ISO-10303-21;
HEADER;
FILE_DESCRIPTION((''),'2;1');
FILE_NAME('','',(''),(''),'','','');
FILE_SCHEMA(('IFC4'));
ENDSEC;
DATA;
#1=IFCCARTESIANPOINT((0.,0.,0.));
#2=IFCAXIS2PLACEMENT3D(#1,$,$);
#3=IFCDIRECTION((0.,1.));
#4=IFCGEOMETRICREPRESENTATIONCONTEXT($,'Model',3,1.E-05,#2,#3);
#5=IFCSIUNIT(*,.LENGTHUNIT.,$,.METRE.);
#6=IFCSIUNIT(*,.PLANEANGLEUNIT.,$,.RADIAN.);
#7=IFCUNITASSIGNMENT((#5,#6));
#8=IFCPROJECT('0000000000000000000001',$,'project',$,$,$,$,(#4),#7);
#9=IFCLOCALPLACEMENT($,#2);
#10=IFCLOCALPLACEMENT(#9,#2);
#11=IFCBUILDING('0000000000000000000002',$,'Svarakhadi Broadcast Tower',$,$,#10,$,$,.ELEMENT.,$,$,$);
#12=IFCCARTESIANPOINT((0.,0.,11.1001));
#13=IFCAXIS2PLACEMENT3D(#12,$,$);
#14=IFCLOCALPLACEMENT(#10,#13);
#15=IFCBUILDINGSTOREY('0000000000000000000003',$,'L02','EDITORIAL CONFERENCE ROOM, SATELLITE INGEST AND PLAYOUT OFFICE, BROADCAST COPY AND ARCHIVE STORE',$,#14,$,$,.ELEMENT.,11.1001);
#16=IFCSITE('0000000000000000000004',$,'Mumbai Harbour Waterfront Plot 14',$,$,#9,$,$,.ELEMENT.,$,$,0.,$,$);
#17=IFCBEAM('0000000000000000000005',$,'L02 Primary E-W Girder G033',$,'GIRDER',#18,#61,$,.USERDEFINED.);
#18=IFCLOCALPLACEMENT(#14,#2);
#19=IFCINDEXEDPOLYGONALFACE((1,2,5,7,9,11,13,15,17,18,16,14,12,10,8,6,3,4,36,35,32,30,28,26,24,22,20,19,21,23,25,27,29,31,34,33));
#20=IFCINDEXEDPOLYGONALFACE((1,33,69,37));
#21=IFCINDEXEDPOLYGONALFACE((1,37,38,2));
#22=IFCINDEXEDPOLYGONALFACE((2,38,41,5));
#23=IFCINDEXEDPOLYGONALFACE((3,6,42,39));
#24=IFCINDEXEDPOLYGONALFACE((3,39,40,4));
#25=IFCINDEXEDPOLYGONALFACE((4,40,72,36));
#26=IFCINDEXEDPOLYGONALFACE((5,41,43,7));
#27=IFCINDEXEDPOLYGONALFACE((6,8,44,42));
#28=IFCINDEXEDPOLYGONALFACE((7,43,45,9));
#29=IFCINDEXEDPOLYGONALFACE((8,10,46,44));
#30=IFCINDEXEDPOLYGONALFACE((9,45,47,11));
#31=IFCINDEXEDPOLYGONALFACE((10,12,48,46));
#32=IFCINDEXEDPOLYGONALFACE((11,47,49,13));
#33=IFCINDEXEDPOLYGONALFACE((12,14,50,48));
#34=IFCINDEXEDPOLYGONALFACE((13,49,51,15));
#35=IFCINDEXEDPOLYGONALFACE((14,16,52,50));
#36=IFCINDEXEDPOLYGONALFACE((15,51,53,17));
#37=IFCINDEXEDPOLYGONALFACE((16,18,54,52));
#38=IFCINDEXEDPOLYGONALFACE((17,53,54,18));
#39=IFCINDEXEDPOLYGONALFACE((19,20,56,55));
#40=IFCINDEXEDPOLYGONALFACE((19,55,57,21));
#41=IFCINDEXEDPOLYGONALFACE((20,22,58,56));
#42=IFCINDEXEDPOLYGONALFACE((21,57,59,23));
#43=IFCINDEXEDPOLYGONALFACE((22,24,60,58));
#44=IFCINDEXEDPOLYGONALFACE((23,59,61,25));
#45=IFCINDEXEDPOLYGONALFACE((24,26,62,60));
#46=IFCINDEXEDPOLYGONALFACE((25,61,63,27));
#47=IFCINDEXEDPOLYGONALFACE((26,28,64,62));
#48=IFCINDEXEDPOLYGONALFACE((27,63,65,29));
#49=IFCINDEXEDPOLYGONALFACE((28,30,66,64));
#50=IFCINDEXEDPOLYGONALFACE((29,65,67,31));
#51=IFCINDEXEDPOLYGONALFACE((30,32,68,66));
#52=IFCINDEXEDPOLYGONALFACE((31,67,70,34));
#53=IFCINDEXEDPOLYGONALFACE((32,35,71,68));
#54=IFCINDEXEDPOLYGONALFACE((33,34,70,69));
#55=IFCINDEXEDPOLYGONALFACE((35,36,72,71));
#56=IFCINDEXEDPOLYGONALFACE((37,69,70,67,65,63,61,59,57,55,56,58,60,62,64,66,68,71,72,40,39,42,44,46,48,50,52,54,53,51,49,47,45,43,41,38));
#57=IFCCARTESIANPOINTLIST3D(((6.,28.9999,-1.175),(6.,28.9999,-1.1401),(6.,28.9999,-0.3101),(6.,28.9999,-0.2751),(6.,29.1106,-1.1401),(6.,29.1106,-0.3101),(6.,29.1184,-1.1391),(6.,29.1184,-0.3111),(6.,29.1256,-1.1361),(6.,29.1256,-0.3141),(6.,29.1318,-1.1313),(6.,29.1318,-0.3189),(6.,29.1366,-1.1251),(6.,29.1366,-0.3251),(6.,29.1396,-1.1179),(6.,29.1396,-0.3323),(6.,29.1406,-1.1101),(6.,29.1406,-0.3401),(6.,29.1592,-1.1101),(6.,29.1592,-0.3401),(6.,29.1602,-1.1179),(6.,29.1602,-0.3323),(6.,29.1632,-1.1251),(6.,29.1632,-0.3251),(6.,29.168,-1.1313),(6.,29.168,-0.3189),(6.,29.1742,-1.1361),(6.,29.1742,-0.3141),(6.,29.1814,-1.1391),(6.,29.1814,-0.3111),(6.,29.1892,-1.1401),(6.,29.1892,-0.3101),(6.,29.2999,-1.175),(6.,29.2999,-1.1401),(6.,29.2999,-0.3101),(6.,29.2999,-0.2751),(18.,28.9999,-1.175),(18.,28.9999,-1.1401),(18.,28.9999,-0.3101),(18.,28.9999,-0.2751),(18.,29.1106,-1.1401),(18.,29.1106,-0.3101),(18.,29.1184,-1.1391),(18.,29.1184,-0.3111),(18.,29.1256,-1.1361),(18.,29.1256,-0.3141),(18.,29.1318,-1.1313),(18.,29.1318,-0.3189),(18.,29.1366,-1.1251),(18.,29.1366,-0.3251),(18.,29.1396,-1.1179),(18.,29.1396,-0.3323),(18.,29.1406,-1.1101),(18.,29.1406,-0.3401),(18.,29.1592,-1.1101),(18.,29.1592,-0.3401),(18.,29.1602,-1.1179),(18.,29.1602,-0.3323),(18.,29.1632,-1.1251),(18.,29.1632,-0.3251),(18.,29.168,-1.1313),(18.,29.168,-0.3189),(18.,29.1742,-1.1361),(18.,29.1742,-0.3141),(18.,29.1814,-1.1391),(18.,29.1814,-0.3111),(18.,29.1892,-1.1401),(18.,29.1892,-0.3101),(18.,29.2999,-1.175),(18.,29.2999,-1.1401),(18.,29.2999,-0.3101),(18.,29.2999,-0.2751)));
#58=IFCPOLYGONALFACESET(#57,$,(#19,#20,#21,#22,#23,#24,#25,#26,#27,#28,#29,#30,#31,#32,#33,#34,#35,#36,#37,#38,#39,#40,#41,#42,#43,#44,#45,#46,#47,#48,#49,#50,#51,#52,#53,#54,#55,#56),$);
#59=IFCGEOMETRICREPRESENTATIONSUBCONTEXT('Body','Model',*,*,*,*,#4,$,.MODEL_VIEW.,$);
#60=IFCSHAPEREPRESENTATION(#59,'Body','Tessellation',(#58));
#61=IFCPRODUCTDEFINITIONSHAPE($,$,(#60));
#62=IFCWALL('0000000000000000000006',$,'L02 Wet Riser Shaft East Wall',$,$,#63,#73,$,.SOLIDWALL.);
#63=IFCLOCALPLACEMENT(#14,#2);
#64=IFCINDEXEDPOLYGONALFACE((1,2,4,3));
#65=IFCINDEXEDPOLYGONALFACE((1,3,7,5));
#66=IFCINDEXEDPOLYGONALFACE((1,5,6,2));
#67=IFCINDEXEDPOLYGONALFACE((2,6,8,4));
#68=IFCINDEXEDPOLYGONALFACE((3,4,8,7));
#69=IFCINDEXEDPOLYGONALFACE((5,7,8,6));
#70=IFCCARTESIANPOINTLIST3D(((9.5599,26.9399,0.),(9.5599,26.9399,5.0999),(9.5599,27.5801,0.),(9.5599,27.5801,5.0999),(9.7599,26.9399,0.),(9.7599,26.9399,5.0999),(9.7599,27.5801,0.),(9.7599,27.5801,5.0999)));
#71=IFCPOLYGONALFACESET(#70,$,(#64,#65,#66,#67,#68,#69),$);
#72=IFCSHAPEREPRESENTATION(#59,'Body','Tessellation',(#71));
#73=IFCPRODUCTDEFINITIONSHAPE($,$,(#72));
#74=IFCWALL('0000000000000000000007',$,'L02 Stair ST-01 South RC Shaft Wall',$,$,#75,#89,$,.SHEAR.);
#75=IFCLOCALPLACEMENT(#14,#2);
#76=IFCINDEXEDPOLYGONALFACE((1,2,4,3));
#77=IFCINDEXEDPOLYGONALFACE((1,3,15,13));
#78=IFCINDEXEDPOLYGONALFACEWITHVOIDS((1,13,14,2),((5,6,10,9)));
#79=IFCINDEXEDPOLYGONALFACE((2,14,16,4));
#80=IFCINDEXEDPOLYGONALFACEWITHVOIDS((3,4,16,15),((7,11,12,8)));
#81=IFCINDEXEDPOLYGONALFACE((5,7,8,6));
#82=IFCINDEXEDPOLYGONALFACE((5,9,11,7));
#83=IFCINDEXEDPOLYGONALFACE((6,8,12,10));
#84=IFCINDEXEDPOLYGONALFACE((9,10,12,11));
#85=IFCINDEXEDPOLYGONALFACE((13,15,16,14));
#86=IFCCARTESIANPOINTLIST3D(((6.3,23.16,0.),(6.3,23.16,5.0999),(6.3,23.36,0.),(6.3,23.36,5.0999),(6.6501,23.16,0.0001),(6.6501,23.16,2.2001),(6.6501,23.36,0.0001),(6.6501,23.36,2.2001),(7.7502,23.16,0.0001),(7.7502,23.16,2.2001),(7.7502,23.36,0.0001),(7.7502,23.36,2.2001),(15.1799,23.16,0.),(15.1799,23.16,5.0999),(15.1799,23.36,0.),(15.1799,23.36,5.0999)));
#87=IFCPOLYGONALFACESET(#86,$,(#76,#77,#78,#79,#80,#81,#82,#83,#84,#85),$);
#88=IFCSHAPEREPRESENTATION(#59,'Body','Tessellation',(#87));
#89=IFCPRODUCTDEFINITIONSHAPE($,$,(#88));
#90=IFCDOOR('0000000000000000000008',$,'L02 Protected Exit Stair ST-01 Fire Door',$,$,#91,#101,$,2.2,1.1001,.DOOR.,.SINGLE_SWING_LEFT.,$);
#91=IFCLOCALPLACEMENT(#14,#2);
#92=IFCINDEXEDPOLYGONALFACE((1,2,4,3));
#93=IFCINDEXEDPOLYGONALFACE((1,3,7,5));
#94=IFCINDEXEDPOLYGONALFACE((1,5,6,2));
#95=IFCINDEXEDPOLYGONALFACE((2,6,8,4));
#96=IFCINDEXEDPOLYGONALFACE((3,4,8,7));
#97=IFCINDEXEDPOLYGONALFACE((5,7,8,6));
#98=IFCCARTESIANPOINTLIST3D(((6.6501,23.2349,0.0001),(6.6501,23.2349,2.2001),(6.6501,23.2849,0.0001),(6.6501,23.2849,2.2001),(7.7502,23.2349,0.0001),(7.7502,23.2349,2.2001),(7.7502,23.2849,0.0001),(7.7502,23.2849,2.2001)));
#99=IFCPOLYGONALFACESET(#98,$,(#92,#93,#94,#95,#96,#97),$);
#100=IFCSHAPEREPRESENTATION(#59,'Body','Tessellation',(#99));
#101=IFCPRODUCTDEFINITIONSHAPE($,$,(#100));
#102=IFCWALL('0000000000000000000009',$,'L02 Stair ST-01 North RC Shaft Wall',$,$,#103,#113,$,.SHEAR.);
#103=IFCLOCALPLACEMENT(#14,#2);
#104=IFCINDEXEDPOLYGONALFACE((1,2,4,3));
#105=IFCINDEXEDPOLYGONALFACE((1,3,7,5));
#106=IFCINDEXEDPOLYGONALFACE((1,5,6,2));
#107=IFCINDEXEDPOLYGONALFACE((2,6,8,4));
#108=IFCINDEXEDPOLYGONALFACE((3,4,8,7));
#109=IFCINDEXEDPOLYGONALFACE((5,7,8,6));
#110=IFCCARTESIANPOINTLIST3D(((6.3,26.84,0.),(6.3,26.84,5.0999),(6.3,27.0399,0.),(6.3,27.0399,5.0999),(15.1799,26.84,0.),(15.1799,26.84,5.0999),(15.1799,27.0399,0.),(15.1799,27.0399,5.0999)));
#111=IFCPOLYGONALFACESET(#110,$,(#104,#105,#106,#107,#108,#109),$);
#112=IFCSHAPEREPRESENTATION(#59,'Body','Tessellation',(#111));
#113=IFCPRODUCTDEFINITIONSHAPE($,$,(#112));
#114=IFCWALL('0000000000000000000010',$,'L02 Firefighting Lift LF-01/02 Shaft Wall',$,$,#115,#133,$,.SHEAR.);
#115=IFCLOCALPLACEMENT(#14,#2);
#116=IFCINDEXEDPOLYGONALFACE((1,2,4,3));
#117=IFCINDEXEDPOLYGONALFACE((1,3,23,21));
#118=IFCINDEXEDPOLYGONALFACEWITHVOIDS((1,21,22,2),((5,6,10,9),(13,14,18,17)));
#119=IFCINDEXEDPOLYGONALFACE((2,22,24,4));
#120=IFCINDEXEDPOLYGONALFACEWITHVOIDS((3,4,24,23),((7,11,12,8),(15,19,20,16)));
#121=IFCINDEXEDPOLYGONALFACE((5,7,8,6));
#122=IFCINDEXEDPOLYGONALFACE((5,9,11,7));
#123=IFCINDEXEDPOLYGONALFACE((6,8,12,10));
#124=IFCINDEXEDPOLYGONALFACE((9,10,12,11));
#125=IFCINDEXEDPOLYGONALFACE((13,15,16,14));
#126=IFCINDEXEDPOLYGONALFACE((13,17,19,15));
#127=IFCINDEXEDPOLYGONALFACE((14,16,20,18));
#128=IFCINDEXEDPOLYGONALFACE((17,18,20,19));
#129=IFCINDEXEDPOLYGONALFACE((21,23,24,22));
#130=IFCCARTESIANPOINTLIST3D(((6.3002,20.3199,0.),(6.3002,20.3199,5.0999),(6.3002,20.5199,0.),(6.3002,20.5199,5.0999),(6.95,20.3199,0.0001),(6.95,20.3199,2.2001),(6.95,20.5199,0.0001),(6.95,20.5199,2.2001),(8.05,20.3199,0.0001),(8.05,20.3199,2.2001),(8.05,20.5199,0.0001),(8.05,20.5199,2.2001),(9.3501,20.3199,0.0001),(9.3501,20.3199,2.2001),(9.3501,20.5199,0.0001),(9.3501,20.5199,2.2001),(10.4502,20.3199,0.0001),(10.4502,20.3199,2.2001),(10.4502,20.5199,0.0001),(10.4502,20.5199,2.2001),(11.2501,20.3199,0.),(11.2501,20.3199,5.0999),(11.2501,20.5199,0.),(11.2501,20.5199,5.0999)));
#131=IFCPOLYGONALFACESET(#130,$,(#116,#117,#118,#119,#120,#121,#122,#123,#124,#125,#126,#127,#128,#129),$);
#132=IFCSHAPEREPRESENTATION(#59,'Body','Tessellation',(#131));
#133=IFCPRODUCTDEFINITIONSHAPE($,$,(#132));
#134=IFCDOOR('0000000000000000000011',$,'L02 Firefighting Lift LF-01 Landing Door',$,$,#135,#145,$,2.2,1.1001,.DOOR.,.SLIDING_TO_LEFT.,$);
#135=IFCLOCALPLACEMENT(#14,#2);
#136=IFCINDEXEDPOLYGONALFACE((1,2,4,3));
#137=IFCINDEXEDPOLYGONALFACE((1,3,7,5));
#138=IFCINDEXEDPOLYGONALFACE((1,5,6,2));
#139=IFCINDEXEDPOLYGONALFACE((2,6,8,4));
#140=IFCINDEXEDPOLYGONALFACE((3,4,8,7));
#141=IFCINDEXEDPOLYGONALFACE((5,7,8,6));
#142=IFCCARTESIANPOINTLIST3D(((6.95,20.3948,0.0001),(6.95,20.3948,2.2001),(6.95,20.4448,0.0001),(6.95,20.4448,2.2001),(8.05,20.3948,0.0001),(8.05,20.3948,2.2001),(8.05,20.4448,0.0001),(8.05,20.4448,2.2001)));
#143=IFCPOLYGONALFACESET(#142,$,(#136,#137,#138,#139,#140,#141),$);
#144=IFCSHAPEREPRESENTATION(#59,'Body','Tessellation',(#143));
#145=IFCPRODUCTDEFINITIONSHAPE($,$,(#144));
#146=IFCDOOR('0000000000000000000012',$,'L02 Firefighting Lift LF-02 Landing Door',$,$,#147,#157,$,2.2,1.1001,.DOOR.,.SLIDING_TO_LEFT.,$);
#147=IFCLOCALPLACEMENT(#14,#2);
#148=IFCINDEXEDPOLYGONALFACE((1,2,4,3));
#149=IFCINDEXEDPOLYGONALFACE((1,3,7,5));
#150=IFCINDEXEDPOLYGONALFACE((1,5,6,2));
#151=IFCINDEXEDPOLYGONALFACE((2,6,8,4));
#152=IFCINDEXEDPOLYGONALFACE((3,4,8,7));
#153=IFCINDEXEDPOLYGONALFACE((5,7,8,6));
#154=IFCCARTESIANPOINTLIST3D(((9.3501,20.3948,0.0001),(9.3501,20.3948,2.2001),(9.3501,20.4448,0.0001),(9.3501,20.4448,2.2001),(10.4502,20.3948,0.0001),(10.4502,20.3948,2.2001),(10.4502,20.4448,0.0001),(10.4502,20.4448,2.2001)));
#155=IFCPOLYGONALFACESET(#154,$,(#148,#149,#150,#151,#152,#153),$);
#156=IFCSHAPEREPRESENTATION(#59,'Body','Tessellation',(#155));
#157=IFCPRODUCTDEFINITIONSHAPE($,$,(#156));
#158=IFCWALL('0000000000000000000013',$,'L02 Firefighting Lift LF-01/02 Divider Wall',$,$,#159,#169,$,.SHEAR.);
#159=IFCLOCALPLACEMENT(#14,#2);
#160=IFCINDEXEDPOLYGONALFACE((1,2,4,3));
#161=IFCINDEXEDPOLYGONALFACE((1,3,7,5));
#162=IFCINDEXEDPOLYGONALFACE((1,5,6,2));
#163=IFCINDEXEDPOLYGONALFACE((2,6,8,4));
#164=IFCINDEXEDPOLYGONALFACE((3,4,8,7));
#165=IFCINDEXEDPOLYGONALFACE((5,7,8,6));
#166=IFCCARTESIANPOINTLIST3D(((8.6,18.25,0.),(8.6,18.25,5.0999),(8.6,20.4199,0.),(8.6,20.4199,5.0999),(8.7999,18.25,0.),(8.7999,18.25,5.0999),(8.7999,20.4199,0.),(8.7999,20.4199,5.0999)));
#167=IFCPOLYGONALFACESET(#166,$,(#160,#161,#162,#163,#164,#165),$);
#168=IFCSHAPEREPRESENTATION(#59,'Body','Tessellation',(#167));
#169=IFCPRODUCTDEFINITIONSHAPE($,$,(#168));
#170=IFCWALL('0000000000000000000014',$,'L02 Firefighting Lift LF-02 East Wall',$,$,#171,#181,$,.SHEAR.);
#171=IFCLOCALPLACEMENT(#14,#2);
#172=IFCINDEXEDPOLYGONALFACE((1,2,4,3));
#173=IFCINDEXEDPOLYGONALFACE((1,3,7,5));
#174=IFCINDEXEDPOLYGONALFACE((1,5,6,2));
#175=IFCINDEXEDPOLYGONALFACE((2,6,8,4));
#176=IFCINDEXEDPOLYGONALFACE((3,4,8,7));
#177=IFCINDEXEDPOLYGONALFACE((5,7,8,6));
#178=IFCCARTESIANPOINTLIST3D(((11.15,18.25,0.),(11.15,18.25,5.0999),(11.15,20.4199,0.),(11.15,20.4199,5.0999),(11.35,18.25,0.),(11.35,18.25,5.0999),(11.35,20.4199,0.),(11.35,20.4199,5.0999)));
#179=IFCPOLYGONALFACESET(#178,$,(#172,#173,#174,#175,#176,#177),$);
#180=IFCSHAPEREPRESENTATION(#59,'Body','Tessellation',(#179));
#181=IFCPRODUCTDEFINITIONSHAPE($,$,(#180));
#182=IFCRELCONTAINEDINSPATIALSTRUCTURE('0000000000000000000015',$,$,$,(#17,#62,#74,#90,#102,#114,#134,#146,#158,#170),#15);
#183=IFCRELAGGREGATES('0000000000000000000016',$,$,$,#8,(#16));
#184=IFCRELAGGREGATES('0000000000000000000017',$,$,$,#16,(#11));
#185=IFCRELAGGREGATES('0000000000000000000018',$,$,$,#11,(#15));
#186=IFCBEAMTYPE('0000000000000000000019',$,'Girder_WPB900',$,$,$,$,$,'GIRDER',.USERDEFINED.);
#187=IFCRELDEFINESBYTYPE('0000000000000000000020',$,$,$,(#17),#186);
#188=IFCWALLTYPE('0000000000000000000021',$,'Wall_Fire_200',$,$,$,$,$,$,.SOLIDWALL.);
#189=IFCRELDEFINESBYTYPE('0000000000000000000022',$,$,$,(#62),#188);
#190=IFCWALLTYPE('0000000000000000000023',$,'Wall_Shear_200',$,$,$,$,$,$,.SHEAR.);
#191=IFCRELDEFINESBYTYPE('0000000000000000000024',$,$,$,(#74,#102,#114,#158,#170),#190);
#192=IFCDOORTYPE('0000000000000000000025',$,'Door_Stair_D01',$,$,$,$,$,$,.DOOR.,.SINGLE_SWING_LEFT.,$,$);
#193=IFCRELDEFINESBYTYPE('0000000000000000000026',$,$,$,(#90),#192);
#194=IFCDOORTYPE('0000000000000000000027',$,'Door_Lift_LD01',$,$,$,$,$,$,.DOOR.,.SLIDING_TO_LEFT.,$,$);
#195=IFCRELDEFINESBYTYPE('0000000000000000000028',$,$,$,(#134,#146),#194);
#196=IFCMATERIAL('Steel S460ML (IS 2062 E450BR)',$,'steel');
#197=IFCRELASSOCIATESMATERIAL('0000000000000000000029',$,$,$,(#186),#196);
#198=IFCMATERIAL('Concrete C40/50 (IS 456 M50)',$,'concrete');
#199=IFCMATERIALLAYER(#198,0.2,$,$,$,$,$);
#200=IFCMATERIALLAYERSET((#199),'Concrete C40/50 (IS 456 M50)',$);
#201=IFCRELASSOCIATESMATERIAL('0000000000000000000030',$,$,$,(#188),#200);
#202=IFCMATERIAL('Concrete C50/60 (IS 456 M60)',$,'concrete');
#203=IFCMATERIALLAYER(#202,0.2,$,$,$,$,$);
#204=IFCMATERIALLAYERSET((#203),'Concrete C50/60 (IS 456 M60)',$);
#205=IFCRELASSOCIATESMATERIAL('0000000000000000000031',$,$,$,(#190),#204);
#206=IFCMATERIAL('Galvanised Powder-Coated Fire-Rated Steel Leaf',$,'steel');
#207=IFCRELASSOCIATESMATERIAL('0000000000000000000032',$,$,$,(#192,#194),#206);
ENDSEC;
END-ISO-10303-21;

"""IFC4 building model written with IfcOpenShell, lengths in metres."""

from ifc_helpers import new_model, si_unit, direction, frame, frame_2d, origin, origin_2d, place, context, subcontext, project, spatial, rectangle, i_section, extrude, material, layer, layer_set, material_profile, profile_set, type_object, element, fill, save


model = new_model("IFC4")

# Units and contexts
model_context = context("Model", 3, precision=1e-05, world=origin(), true_north=direction((0.0, 1.0)))
body_context = subcontext(model_context, "Body", "Model", "MODEL_VIEW")
ifc_project = project(units=[si_unit("LENGTHUNIT", "METRE"), si_unit("PLANEANGLEUNIT", "RADIAN")], contexts=[model_context])

# Site, building, storey
site_placement = place(None, origin())
site = spatial("IfcSite", under=ifc_project, at=site_placement, Name="Mumbai Harbour Waterfront Plot 14", CompositionType="ELEMENT", RefElevation=0.0)
building_placement = place(site_placement, origin())
building = spatial("IfcBuilding", under=site, at=building_placement, Name="Svarakhadi Broadcast Tower", CompositionType="ELEMENT")
storey_placement = place(building_placement, frame((0.0, 0.0, 11.1001)))
storey = spatial("IfcBuildingStorey", under=building, at=storey_placement, Name="L02", Description="EDITORIAL CONFERENCE ROOM, SATELLITE INGEST AND PLAYOUT OFFICE, BROADCAST COPY AND ARCHIVE STORE", CompositionType="ELEMENT", Elevation=11.1001)

# Shared definitions
ifc_material_1 = material(Name="Steel S460ML (IS 2062 E450BR)", Category="steel")

# Beam
ifc_material_2 = material(Name="Concrete C50/60 (IS 456 M60)", Category="concrete")
ifc_material_profile_1 = material_profile(ifc_material_1, i_section(OverallWidth=0.3, OverallDepth=0.8999, WebThickness=0.0186, FlangeThickness=0.0349, FilletRadius=0.03, at=origin_2d()), Name="WPB 900x300x291")
ifc_profile_set_1 = profile_set([ifc_material_profile_1], Name="Steel S460ML (IS 2062 E450BR)")
beam_type_1 = type_object("IfcBeamType", Name="Girder_WPB900", ElementType="GIRDER", PredefinedType="USERDEFINED", material=ifc_profile_set_1)
beam_1_placement = place(storey_placement, frame((6.0, 29.1499, -0.7251), z_axis=(1.0, 0.0, 0.0), x_axis=(0.0, 1.0, 0.0)))
element("IfcBeam", 1, at=beam_1_placement, inside=storey, type_object=beam_type_1, Name="L02 Primary E-W Girder G033", ObjectType="GIRDER", PredefinedType="USERDEFINED", context=body_context, shape_type="SweptSolid", body=[
    extrude(i_section(OverallWidth=0.3, OverallDepth=0.8999, WebThickness=0.0186, FlangeThickness=0.0349, FilletRadius=0.03, at=origin_2d()), origin(), (0.0, 0.0, 1.0), 12.0),
])

# Wall
ifc_material_3 = material(Name="Concrete C40/50 (IS 456 M50)", Category="concrete")
ifc_layer_1 = layer(ifc_material_3, 0.2)
ifc_layer_set_1 = layer_set([ifc_layer_1], Name="Concrete C40/50 (IS 456 M50)")
wall_type_1 = type_object("IfcWallType", Name="Wall_Fire_200", PredefinedType="SOLIDWALL", material=ifc_layer_set_1)
wall_1_placement = place(storey_placement, frame((9.6599, 26.9399, 0.0), z_axis=(0.0, 0.0, 1.0), x_axis=(0.0, 1.0, 0.0)))
element("IfcWall", 2, at=wall_1_placement, inside=storey, type_object=wall_type_1, Name="L02 Wet Riser Shaft East Wall", PredefinedType="SOLIDWALL", context=body_context, shape_type="SweptSolid", body=[
    extrude(rectangle(XDim=0.6401, YDim=0.2, at=frame_2d((0.3201, 0.0))), origin(), (0.0, 0.0, 1.0), 5.0999),
])

# Wall, opening, door
ifc_layer_2 = layer(ifc_material_2, 0.2)
ifc_layer_set_2 = layer_set([ifc_layer_2], Name="Concrete C50/60 (IS 456 M60)")
wall_type_2 = type_object("IfcWallType", Name="Wall_Shear_200", PredefinedType="SHEAR", material=ifc_layer_set_2)
wall_2_placement = place(storey_placement, frame((6.3, 23.26, 0.0), z_axis=(0.0, 0.0, 1.0), x_axis=(1.0, 0.0, 0.0)))
wall_2 = element("IfcWall", 3, at=wall_2_placement, inside=storey, type_object=wall_type_2, Name="L02 Stair ST-01 South RC Shaft Wall", PredefinedType="SHEAR", context=body_context, shape_type="SweptSolid", body=[
    extrude(rectangle(XDim=8.8799, YDim=0.2, at=frame_2d((4.4399, 0.0))), origin(), (0.0, 0.0, 1.0), 5.0999),
])
opening_1_placement = place(wall_2_placement, frame((0.3501, 0.0, 0.0)))
opening_1 = element("IfcOpeningElement", 4, at=opening_1_placement, cuts=wall_2, PredefinedType="OPENING", context=body_context, shape_type="SweptSolid", body=[
    extrude(rectangle(XDim=1.1001, YDim=2.2, at=frame_2d((0.55, 1.1001))), frame((0.0, 0.1099, 0.0), z_axis=(0.0, -1.0, 0.0), x_axis=(1.0, 0.0, 0.0)), (0.0, 0.0, 1.0), 0.22),
])
ifc_material_4 = material(Name="Galvanised Powder-Coated Fire-Rated Steel Leaf", Category="steel")
door_type_1 = type_object("IfcDoorType", Name="Door_Stair_D01", OperationType="SINGLE_SWING_LEFT", PredefinedType="DOOR", material=ifc_material_4)
door_1_placement = place(opening_1_placement, origin())
door_1 = element("IfcDoor", 5, at=door_1_placement, inside=storey, type_object=door_type_1, Name="L02 Protected Exit Stair ST-01 Fire Door", OperationType="SINGLE_SWING_LEFT", OverallHeight=2.2, OverallWidth=1.1001, PredefinedType="DOOR", context=body_context, shape_type="SweptSolid", body=[
    extrude(rectangle(XDim=1.1001, YDim=2.2, at=frame_2d((0.55, 1.1001))), frame((0.0, 0.0249, 0.0), z_axis=(0.0, -1.0, 0.0), x_axis=(1.0, 0.0, 0.0)), (0.0, 0.0, 1.0), 0.05),
])
fill(opening_1, door_1)

# Wall
wall_3_placement = place(storey_placement, frame((6.3, 26.9399, 0.0), z_axis=(0.0, 0.0, 1.0), x_axis=(1.0, 0.0, 0.0)))
element("IfcWall", 6, at=wall_3_placement, inside=storey, type_object=wall_type_2, Name="L02 Stair ST-01 North RC Shaft Wall", PredefinedType="SHEAR", context=body_context, shape_type="SweptSolid", body=[
    extrude(rectangle(XDim=8.8799, YDim=0.2, at=frame_2d((4.4399, 0.0))), origin(), (0.0, 0.0, 1.0), 5.0999),
])

# Wall, openings, doors
wall_4_placement = place(storey_placement, frame((6.3, 20.4199, 0.0), z_axis=(0.0, 0.0, 1.0), x_axis=(1.0, 0.0, 0.0)))
wall_4 = element("IfcWall", 7, at=wall_4_placement, inside=storey, type_object=wall_type_2, Name="L02 Firefighting Lift LF-01/02 Shaft Wall", PredefinedType="SHEAR", context=body_context, shape_type="SweptSolid", body=[
    extrude(rectangle(XDim=4.95, YDim=0.2, at=frame_2d((2.4751, 0.0))), origin(), (0.0, 0.0, 1.0), 5.0999),
])
opening_2_placement = place(wall_4_placement, frame((0.6499, 0.0, 0.0)))
opening_2 = element("IfcOpeningElement", 8, at=opening_2_placement, cuts=wall_4, PredefinedType="OPENING", context=body_context, shape_type="SweptSolid", body=[
    extrude(rectangle(XDim=1.1001, YDim=2.2, at=frame_2d((0.55, 1.1001))), frame((0.0, 0.1099, 0.0), z_axis=(0.0, -1.0, 0.0), x_axis=(1.0, 0.0, 0.0)), (0.0, 0.0, 1.0), 0.22),
])
opening_3_placement = place(wall_4_placement, frame((3.05, 0.0, 0.0)))
opening_3 = element("IfcOpeningElement", 9, at=opening_3_placement, cuts=wall_4, PredefinedType="OPENING", context=body_context, shape_type="SweptSolid", body=[
    extrude(rectangle(XDim=1.1001, YDim=2.2, at=frame_2d((0.55, 1.1001))), frame((0.0, 0.1099, 0.0), z_axis=(0.0, -1.0, 0.0), x_axis=(1.0, 0.0, 0.0)), (0.0, 0.0, 1.0), 0.22),
])
door_type_2 = type_object("IfcDoorType", Name="Door_Lift_LD01", OperationType="SLIDING_TO_LEFT", PredefinedType="DOOR", material=ifc_material_4)
door_2_placement = place(opening_2_placement, origin())
door_2 = element("IfcDoor", 10, at=door_2_placement, inside=storey, type_object=door_type_2, Name="L02 Firefighting Lift LF-01 Landing Door", OperationType="SLIDING_TO_LEFT", OverallHeight=2.2, OverallWidth=1.1001, PredefinedType="DOOR", context=body_context, shape_type="SweptSolid", body=[
    extrude(rectangle(XDim=1.1001, YDim=2.2, at=frame_2d((0.55, 1.1001))), frame((0.0, 0.0249, 0.0), z_axis=(0.0, -1.0, 0.0), x_axis=(1.0, 0.0, 0.0)), (0.0, 0.0, 1.0), 0.05),
])
fill(opening_2, door_2)
door_3_placement = place(opening_3_placement, origin())
door_3 = element("IfcDoor", 11, at=door_3_placement, inside=storey, type_object=door_type_2, Name="L02 Firefighting Lift LF-02 Landing Door", OperationType="SLIDING_TO_LEFT", OverallHeight=2.2, OverallWidth=1.1001, PredefinedType="DOOR", context=body_context, shape_type="SweptSolid", body=[
    extrude(rectangle(XDim=1.1001, YDim=2.2, at=frame_2d((0.55, 1.1001))), frame((0.0, 0.0249, 0.0), z_axis=(0.0, -1.0, 0.0), x_axis=(1.0, 0.0, 0.0)), (0.0, 0.0, 1.0), 0.05),
])
fill(opening_3, door_3)

# Walls
for number, where, z_axis, x_axis, name in (
    (12, (8.7, 18.25, 0.0), (0.0, 0.0, 1.0), (0.0, 1.0, 0.0), "L02 Firefighting Lift LF-01/02 Divider Wall"),
    (13, (11.25, 18.25, 0.0), (0.0, 0.0, 1.0), (0.0, 1.0, 0.0), "L02 Firefighting Lift LF-02 East Wall"),
):
    element("IfcWall", number, at=place(storey_placement, frame(where, z_axis=z_axis, x_axis=x_axis)), inside=storey, type_object=wall_type_2, Name=name, PredefinedType="SHEAR", context=body_context, shape_type="SweptSolid", body=[
        extrude(rectangle(XDim=2.1699, YDim=0.2, at=frame_2d((1.085, 0.0))), origin(), (0.0, 0.0, 1.0), 5.0999),
    ])

save(model, "model.ifc")
